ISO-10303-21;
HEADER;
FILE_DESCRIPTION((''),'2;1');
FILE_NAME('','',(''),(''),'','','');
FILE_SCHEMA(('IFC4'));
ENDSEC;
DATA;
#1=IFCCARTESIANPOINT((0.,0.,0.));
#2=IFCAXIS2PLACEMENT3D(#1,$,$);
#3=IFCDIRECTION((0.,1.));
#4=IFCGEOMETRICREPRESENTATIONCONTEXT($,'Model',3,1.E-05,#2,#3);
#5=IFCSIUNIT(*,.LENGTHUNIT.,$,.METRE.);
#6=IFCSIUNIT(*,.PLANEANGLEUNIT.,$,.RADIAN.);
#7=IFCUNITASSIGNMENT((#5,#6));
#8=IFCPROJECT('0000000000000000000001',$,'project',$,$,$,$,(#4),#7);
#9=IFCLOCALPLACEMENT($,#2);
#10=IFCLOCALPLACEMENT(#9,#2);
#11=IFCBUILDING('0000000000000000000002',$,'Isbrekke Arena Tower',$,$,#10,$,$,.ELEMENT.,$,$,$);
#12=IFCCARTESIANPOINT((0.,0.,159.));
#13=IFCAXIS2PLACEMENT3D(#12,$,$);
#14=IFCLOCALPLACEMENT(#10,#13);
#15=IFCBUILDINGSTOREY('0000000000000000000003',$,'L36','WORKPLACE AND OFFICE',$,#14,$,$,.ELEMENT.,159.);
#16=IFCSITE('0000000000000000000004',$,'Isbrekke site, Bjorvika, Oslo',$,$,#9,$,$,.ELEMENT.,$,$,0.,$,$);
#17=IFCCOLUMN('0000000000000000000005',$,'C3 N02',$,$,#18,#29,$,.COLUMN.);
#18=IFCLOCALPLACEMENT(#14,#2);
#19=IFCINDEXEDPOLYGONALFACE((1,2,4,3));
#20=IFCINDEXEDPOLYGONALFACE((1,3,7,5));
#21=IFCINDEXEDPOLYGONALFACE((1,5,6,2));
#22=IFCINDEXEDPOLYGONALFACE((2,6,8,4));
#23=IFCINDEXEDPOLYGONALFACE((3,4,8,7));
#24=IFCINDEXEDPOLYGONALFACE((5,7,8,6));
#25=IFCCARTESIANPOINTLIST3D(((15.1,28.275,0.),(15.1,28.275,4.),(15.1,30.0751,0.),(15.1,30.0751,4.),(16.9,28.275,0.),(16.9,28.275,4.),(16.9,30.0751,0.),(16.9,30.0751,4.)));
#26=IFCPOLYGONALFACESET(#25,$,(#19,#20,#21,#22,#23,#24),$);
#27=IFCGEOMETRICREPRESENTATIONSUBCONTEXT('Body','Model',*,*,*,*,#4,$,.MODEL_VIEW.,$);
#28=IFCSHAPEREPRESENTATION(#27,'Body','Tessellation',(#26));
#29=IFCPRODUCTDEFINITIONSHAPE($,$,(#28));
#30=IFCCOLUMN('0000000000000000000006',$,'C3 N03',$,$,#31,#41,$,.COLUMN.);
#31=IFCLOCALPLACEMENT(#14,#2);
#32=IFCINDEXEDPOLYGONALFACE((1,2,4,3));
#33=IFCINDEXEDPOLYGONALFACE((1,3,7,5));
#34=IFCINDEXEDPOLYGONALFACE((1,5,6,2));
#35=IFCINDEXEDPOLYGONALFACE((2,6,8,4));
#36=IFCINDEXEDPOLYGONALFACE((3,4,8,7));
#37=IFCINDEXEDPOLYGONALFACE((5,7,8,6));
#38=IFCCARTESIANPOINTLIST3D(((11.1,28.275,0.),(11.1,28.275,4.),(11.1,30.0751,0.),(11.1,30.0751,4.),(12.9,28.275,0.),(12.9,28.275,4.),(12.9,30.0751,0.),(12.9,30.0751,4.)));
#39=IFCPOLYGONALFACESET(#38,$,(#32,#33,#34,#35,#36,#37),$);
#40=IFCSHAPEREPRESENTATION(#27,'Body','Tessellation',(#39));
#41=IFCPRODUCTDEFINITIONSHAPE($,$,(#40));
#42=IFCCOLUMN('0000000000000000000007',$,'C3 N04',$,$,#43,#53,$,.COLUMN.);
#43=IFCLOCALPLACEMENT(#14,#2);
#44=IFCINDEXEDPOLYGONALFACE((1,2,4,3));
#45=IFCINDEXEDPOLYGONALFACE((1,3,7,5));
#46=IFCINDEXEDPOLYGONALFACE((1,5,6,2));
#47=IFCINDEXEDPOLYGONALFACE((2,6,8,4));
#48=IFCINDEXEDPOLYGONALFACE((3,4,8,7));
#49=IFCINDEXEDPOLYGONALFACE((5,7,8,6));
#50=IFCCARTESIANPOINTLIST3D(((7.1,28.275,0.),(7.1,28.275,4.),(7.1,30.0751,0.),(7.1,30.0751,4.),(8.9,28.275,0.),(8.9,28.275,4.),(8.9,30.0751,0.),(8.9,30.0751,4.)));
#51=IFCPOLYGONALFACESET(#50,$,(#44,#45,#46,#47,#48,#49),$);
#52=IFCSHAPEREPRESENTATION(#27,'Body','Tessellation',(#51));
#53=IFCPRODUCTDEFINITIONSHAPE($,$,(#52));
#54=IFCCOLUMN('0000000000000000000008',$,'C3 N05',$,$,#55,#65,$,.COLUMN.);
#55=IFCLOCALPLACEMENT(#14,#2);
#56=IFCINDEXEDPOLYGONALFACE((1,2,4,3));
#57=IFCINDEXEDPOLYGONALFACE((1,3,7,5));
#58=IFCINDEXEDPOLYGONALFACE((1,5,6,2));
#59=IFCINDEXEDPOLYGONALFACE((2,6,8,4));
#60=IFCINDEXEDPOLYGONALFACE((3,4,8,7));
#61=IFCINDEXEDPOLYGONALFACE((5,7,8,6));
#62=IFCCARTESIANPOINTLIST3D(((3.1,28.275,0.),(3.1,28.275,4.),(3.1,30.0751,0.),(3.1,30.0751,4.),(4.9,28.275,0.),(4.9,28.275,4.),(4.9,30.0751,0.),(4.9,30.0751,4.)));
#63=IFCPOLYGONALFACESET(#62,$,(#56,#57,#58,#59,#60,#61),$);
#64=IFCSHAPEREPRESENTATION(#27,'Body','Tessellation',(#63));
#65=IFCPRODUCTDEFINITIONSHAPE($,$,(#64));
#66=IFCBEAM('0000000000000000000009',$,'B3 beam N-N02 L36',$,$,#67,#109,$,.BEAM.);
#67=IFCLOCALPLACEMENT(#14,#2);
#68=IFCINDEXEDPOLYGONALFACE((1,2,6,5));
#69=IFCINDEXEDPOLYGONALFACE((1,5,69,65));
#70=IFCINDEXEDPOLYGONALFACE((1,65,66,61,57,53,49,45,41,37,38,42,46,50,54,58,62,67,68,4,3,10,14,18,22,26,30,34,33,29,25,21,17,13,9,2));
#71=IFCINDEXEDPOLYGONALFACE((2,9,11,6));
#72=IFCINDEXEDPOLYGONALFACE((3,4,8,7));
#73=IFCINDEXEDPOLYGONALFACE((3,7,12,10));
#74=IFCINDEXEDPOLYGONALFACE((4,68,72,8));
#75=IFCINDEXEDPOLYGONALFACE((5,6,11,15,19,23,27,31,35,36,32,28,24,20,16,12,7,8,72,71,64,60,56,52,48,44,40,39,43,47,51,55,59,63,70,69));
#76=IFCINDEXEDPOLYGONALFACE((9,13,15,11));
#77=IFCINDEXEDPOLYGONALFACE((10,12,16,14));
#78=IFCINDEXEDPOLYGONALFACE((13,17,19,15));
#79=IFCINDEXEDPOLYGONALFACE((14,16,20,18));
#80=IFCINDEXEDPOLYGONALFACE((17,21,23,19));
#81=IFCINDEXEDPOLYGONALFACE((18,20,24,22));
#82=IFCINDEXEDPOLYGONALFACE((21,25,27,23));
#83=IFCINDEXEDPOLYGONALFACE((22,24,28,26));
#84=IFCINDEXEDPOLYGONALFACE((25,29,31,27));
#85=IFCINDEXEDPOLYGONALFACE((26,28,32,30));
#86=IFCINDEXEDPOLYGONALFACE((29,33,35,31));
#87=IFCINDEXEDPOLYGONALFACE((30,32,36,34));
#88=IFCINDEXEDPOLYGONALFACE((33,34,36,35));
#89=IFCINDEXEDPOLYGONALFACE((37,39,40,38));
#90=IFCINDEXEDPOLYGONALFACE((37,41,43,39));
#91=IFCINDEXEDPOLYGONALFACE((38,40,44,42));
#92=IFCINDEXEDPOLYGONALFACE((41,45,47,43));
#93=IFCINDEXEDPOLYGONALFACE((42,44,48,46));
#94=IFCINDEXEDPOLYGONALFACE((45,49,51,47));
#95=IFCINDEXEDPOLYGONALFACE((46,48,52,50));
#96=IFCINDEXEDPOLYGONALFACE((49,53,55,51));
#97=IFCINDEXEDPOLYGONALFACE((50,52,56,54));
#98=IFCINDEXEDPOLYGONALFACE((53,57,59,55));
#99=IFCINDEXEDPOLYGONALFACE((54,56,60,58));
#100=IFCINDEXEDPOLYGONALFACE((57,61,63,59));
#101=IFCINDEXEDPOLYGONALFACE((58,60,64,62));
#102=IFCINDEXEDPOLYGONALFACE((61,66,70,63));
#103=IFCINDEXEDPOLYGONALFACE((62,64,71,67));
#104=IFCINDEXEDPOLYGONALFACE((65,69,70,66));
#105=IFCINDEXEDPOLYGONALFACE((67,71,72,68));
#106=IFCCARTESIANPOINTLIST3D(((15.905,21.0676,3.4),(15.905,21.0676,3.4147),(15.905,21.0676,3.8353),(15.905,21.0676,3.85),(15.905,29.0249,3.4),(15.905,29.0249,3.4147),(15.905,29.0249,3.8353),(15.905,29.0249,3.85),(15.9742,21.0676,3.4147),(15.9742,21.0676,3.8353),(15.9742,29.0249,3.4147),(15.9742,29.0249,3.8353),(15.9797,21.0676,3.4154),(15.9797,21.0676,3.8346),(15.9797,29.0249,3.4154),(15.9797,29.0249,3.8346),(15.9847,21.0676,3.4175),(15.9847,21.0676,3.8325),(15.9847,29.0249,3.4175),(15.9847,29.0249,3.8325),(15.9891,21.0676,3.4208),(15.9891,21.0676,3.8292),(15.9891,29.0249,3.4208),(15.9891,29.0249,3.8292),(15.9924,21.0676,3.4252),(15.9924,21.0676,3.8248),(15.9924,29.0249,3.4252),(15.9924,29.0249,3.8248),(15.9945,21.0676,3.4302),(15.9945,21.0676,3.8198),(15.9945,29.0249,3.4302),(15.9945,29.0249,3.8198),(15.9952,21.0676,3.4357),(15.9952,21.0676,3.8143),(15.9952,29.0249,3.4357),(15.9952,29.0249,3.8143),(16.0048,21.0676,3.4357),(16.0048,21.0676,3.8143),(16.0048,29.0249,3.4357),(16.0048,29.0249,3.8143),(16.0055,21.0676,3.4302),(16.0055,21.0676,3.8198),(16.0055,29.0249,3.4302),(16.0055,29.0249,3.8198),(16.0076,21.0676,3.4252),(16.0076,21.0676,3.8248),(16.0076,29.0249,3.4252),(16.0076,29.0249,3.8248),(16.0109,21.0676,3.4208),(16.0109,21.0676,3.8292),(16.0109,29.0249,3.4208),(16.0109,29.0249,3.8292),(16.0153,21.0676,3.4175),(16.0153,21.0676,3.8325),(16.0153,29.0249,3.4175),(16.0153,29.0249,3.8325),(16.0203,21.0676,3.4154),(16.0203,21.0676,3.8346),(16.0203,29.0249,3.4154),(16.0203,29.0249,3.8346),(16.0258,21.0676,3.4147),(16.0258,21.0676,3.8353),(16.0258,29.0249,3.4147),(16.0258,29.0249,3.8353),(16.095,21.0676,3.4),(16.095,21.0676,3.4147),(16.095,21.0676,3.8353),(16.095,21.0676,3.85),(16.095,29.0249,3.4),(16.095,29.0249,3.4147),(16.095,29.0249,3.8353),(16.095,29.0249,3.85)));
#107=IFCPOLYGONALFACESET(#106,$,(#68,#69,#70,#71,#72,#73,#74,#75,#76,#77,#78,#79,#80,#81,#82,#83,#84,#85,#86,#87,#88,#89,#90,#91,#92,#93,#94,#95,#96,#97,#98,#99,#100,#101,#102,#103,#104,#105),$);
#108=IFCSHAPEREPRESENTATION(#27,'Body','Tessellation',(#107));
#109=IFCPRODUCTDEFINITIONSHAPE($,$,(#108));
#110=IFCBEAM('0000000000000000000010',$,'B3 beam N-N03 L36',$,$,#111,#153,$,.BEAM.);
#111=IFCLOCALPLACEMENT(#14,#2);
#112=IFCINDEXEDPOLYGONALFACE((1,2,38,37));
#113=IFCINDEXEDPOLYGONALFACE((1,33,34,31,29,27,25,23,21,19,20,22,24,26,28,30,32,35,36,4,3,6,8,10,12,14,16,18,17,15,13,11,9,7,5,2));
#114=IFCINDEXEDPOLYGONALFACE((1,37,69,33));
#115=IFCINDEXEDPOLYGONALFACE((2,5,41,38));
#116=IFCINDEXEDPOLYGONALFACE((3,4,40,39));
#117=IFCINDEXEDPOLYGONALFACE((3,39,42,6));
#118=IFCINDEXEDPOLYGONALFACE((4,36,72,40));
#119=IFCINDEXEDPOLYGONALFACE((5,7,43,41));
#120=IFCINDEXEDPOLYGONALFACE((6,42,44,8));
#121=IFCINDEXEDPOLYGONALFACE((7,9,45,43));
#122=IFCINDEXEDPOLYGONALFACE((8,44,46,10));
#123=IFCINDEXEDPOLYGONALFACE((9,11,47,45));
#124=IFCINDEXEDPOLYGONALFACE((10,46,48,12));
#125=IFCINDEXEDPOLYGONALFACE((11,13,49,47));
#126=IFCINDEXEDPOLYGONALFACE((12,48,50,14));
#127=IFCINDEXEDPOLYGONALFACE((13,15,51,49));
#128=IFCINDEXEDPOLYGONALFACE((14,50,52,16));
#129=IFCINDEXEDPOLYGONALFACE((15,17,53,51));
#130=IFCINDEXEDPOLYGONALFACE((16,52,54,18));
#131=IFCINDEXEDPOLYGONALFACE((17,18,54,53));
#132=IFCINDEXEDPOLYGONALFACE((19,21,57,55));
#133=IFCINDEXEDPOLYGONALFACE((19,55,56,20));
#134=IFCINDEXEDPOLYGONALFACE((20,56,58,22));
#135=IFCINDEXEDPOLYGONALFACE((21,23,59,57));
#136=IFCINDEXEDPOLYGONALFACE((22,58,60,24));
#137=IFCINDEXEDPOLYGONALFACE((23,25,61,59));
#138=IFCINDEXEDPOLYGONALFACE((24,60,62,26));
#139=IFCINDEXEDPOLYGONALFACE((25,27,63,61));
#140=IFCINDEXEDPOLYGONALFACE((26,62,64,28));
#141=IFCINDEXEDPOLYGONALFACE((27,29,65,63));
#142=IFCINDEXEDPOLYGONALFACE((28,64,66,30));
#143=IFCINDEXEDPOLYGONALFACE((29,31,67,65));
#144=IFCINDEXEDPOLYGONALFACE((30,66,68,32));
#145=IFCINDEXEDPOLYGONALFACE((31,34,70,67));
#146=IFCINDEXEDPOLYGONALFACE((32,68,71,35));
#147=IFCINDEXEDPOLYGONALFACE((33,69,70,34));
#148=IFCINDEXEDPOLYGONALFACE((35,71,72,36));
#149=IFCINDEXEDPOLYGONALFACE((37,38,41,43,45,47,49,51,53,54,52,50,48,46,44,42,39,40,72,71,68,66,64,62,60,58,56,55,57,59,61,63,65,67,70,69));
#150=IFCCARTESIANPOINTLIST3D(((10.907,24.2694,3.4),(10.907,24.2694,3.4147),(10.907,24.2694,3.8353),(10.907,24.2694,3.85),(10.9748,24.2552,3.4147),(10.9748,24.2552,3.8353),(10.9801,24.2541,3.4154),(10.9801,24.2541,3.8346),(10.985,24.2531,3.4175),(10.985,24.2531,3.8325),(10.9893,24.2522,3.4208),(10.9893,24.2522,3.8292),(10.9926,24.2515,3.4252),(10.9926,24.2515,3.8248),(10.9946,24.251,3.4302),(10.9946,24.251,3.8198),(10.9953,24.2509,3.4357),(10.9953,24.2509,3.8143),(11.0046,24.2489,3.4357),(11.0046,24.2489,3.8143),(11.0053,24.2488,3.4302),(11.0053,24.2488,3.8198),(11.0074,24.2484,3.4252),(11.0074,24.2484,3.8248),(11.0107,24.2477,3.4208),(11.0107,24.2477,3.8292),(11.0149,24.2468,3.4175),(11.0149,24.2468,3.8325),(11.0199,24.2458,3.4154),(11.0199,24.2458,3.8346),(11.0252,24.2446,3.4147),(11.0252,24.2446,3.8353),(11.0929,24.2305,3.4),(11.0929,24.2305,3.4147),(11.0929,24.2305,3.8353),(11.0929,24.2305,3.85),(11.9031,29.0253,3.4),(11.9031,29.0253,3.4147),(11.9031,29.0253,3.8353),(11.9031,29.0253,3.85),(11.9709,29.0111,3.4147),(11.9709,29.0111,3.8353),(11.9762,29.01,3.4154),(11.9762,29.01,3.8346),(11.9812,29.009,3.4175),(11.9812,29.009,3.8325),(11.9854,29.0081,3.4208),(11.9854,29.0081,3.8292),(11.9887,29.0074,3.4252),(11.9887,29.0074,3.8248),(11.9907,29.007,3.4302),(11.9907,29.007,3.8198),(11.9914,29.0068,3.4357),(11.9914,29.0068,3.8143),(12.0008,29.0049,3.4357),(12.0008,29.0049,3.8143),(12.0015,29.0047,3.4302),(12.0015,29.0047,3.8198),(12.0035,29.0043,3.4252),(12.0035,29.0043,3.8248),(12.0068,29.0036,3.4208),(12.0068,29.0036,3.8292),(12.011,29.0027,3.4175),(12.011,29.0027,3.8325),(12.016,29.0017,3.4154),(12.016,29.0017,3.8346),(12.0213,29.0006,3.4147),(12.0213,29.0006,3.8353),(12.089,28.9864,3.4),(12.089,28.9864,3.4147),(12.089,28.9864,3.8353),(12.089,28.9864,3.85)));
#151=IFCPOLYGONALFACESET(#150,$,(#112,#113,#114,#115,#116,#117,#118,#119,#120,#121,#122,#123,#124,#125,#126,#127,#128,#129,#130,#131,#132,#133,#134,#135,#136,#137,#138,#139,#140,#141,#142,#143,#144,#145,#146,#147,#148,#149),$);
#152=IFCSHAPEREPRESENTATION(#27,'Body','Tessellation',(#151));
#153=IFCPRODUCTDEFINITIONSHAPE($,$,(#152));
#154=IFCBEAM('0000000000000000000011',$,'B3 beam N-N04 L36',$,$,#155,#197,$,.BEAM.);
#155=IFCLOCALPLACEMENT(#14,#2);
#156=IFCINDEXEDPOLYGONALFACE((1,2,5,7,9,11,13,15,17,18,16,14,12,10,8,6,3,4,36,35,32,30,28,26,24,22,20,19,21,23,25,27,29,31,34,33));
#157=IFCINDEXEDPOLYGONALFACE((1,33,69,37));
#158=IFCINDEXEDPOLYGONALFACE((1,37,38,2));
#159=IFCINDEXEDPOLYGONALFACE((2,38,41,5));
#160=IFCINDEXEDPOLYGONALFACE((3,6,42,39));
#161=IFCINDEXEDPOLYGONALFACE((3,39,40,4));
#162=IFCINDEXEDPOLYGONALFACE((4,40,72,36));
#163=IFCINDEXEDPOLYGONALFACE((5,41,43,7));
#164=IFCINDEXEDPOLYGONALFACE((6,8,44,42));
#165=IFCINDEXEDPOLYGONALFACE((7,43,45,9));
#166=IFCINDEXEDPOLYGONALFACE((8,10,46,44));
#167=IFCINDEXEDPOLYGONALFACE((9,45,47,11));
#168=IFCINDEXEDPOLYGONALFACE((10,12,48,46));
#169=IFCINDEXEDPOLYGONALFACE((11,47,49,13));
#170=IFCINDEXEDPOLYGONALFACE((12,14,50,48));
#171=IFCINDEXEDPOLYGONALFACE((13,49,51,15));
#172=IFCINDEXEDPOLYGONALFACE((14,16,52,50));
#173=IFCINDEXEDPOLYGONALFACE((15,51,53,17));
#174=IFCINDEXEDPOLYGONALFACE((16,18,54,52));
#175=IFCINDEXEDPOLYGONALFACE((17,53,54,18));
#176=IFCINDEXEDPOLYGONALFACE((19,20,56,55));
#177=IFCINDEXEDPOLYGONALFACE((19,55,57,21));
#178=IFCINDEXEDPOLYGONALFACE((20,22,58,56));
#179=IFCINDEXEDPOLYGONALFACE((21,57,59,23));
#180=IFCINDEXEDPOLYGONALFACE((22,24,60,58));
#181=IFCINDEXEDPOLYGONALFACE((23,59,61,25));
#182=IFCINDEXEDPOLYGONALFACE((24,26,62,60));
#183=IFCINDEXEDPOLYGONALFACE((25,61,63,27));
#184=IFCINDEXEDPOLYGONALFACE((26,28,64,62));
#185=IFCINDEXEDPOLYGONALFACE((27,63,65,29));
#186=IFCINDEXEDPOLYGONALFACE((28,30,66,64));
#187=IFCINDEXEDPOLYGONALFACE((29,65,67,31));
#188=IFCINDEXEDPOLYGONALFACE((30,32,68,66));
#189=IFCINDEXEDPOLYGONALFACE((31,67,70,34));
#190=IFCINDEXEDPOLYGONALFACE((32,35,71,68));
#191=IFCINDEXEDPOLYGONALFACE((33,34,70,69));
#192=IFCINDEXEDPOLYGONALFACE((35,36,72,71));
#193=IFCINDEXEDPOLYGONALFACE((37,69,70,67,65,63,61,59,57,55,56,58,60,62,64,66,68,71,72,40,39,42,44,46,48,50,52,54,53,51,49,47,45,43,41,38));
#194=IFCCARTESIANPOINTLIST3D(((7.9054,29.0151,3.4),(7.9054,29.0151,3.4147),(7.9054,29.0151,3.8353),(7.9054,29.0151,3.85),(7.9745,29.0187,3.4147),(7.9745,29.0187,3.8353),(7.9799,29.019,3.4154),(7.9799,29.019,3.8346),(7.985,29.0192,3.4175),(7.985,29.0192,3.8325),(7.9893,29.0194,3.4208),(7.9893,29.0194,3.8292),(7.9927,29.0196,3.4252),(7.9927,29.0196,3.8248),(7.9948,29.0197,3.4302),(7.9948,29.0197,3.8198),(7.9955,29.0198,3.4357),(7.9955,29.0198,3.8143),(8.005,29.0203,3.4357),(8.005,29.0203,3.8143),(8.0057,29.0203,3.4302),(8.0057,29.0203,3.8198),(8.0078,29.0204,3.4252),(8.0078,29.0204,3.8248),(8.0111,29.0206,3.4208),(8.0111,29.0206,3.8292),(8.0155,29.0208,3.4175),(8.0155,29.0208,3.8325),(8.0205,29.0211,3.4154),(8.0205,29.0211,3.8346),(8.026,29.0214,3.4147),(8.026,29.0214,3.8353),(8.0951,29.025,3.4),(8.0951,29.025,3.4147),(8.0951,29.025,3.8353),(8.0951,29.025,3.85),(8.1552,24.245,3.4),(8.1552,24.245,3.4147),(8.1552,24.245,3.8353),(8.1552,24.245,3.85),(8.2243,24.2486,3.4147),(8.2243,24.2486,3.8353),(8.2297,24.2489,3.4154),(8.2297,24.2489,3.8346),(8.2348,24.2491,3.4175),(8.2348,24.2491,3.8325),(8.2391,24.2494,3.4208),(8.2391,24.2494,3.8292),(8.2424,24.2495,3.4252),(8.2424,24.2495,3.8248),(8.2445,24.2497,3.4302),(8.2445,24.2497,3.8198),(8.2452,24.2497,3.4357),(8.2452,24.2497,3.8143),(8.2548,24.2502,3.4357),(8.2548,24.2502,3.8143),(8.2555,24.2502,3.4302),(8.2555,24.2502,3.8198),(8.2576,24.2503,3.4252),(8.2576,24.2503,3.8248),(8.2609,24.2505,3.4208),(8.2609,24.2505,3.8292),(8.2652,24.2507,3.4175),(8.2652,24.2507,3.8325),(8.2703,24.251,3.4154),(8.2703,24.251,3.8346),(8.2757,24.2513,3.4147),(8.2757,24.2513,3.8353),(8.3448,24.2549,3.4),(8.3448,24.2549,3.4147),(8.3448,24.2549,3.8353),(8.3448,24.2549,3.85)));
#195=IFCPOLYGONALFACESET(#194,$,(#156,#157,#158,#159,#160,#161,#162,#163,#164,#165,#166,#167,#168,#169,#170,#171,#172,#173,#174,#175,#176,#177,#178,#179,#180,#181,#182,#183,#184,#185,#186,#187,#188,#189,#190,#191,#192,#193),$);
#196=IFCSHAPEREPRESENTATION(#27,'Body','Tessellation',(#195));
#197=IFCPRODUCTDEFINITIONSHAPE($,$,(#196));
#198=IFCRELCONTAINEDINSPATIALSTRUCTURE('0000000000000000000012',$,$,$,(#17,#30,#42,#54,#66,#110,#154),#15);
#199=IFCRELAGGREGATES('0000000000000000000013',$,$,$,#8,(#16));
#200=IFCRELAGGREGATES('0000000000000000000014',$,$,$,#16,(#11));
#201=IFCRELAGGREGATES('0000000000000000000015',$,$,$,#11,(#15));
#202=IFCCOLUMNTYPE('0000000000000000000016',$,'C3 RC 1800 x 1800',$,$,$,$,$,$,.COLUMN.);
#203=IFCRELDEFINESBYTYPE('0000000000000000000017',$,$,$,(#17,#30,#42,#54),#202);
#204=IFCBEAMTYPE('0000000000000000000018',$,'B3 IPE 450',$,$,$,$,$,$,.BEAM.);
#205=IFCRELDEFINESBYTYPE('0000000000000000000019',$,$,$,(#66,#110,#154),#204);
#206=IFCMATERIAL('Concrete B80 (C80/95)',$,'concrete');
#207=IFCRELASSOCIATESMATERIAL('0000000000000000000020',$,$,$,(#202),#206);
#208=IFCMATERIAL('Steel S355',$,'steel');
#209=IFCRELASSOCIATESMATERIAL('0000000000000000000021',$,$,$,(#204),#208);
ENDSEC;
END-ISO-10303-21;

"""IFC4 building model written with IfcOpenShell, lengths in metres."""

from ifc_helpers import new_model, si_unit, direction, frame, origin, origin_2d, place, context, subcontext, project, spatial, rectangle, i_section, extrude, material, material_profile, profile_set, type_object, element, save


model = new_model("IFC4")

# Units and contexts
model_context = context("Model", 3, precision=1e-05, world=origin(), true_north=direction((0.0, 1.0)))
body_context = subcontext(model_context, "Body", "Model", "MODEL_VIEW")
ifc_project = project(units=[si_unit("LENGTHUNIT", "METRE"), si_unit("PLANEANGLEUNIT", "RADIAN")], contexts=[model_context])

# Site, building, storey
site_placement = place(None, origin())
site = spatial("IfcSite", under=ifc_project, at=site_placement, Name="Isbrekke site, Bjorvika, Oslo", CompositionType="ELEMENT", RefElevation=0.0)
building_placement = place(site_placement, origin())
building = spatial("IfcBuilding", under=site, at=building_placement, Name="Isbrekke Arena Tower", CompositionType="ELEMENT")
storey_placement = place(building_placement, frame((0.0, 0.0, 159.0)))
storey = spatial("IfcBuildingStorey", under=building, at=storey_placement, Name="L36", Description="WORKPLACE AND OFFICE", CompositionType="ELEMENT", Elevation=159.0)

# Columns
ifc_material_1 = material(Name="Concrete B80 (C80/95)", Category="concrete")
ifc_material_profile_1 = material_profile(ifc_material_1, rectangle(XDim=1.8, YDim=1.8, at=origin_2d()), Name="RC 1800x1800")
ifc_profile_set_1 = profile_set([ifc_material_profile_1], Name="Concrete B80 (C80/95)")
column_type = type_object("IfcColumnType", Name="C3 RC 1800 x 1800", PredefinedType="COLUMN", material=ifc_profile_set_1)
for number, where, z_axis, x_axis, name in (
    (1, (16.0, 29.175, 0.0), (0.0, 0.0, 1.0), (-1.0, 0.0, 0.0), "C3 N02"),
    (2, (12.0, 29.175, 0.0), (0.0, 0.0, 1.0), (-1.0, 0.0, 0.0), "C3 N03"),
    (3, (8.0, 29.175, 0.0), (0.0, 0.0, 1.0), (-1.0, 0.0, 0.0), "C3 N04"),
    (4, (4.0, 29.175, 0.0), (0.0, 0.0, 1.0), (-1.0, 0.0, 0.0), "C3 N05"),
):
    element("IfcColumn", number, at=place(storey_placement, frame(where, z_axis=z_axis, x_axis=x_axis)), inside=storey, type_object=column_type, Name=name, PredefinedType="COLUMN", context=body_context, shape_type="SweptSolid", body=[
        extrude(rectangle(XDim=1.8, YDim=1.8, at=origin_2d()), origin(), (0.0, 0.0, 1.0), 4.0),
    ])

# Beams
ifc_material_2 = material(Name="Steel S355", Category="steel")
ifc_material_profile_2 = material_profile(ifc_material_2, i_section(OverallWidth=0.1899, OverallDepth=0.45, WebThickness=0.0095, FlangeThickness=0.0146, FilletRadius=0.021, at=origin_2d()), Name="IPE 450")
ifc_profile_set_2 = profile_set([ifc_material_profile_2], Name="Steel S355")
beam_type_1 = type_object("IfcBeamType", Name="B3 IPE 450", PredefinedType="BEAM", material=ifc_profile_set_2)
beam_1_placement = place(storey_placement, frame((16.0, 29.0249, 3.625), z_axis=(0.0, -1.0, 0.0), x_axis=(1.0, 0.0, 0.0)))
element("IfcBeam", 5, at=beam_1_placement, inside=storey, type_object=beam_type_1, Name="B3 beam N-N02 L36", PredefinedType="BEAM", context=body_context, shape_type="SweptSolid", body=[
    extrude(i_section(OverallWidth=0.1899, OverallDepth=0.45, WebThickness=0.0095, FlangeThickness=0.0146, FilletRadius=0.021, at=origin_2d()), origin(), (0.0, 0.0, 1.0), 7.9573),
])
beam_2_placement = place(storey_placement, frame((11.9961, 29.0059, 3.625), z_axis=(-0.204997, -0.978762, 0.0), x_axis=(0.978762, -0.204997, 0.0)))
element("IfcBeam", 6, at=beam_2_placement, inside=storey, type_object=beam_type_1, Name="B3 beam N-N03 L36", PredefinedType="BEAM", context=body_context, shape_type="SweptSolid", body=[
    extrude(i_section(OverallWidth=0.1899, OverallDepth=0.45, WebThickness=0.0095, FlangeThickness=0.0146, FilletRadius=0.021, at=origin_2d()), origin(), (0.0, 0.0, 1.0), 4.8591),
])
beam_3_placement = place(storey_placement, frame((8.0002, 29.02, 3.625), z_axis=(0.052288, -0.998632, 0.0), x_axis=(0.998632, 0.052288, 0.0)))
element("IfcBeam", 7, at=beam_3_placement, inside=storey, type_object=beam_type_1, Name="B3 beam N-N04 L36", PredefinedType="BEAM", context=body_context, shape_type="SweptSolid", body=[
    extrude(i_section(OverallWidth=0.1899, OverallDepth=0.45, WebThickness=0.0095, FlangeThickness=0.0146, FilletRadius=0.021, at=origin_2d()), origin(), (0.0, 0.0, 1.0), 4.7766),
])

save(model, "model.ifc")
